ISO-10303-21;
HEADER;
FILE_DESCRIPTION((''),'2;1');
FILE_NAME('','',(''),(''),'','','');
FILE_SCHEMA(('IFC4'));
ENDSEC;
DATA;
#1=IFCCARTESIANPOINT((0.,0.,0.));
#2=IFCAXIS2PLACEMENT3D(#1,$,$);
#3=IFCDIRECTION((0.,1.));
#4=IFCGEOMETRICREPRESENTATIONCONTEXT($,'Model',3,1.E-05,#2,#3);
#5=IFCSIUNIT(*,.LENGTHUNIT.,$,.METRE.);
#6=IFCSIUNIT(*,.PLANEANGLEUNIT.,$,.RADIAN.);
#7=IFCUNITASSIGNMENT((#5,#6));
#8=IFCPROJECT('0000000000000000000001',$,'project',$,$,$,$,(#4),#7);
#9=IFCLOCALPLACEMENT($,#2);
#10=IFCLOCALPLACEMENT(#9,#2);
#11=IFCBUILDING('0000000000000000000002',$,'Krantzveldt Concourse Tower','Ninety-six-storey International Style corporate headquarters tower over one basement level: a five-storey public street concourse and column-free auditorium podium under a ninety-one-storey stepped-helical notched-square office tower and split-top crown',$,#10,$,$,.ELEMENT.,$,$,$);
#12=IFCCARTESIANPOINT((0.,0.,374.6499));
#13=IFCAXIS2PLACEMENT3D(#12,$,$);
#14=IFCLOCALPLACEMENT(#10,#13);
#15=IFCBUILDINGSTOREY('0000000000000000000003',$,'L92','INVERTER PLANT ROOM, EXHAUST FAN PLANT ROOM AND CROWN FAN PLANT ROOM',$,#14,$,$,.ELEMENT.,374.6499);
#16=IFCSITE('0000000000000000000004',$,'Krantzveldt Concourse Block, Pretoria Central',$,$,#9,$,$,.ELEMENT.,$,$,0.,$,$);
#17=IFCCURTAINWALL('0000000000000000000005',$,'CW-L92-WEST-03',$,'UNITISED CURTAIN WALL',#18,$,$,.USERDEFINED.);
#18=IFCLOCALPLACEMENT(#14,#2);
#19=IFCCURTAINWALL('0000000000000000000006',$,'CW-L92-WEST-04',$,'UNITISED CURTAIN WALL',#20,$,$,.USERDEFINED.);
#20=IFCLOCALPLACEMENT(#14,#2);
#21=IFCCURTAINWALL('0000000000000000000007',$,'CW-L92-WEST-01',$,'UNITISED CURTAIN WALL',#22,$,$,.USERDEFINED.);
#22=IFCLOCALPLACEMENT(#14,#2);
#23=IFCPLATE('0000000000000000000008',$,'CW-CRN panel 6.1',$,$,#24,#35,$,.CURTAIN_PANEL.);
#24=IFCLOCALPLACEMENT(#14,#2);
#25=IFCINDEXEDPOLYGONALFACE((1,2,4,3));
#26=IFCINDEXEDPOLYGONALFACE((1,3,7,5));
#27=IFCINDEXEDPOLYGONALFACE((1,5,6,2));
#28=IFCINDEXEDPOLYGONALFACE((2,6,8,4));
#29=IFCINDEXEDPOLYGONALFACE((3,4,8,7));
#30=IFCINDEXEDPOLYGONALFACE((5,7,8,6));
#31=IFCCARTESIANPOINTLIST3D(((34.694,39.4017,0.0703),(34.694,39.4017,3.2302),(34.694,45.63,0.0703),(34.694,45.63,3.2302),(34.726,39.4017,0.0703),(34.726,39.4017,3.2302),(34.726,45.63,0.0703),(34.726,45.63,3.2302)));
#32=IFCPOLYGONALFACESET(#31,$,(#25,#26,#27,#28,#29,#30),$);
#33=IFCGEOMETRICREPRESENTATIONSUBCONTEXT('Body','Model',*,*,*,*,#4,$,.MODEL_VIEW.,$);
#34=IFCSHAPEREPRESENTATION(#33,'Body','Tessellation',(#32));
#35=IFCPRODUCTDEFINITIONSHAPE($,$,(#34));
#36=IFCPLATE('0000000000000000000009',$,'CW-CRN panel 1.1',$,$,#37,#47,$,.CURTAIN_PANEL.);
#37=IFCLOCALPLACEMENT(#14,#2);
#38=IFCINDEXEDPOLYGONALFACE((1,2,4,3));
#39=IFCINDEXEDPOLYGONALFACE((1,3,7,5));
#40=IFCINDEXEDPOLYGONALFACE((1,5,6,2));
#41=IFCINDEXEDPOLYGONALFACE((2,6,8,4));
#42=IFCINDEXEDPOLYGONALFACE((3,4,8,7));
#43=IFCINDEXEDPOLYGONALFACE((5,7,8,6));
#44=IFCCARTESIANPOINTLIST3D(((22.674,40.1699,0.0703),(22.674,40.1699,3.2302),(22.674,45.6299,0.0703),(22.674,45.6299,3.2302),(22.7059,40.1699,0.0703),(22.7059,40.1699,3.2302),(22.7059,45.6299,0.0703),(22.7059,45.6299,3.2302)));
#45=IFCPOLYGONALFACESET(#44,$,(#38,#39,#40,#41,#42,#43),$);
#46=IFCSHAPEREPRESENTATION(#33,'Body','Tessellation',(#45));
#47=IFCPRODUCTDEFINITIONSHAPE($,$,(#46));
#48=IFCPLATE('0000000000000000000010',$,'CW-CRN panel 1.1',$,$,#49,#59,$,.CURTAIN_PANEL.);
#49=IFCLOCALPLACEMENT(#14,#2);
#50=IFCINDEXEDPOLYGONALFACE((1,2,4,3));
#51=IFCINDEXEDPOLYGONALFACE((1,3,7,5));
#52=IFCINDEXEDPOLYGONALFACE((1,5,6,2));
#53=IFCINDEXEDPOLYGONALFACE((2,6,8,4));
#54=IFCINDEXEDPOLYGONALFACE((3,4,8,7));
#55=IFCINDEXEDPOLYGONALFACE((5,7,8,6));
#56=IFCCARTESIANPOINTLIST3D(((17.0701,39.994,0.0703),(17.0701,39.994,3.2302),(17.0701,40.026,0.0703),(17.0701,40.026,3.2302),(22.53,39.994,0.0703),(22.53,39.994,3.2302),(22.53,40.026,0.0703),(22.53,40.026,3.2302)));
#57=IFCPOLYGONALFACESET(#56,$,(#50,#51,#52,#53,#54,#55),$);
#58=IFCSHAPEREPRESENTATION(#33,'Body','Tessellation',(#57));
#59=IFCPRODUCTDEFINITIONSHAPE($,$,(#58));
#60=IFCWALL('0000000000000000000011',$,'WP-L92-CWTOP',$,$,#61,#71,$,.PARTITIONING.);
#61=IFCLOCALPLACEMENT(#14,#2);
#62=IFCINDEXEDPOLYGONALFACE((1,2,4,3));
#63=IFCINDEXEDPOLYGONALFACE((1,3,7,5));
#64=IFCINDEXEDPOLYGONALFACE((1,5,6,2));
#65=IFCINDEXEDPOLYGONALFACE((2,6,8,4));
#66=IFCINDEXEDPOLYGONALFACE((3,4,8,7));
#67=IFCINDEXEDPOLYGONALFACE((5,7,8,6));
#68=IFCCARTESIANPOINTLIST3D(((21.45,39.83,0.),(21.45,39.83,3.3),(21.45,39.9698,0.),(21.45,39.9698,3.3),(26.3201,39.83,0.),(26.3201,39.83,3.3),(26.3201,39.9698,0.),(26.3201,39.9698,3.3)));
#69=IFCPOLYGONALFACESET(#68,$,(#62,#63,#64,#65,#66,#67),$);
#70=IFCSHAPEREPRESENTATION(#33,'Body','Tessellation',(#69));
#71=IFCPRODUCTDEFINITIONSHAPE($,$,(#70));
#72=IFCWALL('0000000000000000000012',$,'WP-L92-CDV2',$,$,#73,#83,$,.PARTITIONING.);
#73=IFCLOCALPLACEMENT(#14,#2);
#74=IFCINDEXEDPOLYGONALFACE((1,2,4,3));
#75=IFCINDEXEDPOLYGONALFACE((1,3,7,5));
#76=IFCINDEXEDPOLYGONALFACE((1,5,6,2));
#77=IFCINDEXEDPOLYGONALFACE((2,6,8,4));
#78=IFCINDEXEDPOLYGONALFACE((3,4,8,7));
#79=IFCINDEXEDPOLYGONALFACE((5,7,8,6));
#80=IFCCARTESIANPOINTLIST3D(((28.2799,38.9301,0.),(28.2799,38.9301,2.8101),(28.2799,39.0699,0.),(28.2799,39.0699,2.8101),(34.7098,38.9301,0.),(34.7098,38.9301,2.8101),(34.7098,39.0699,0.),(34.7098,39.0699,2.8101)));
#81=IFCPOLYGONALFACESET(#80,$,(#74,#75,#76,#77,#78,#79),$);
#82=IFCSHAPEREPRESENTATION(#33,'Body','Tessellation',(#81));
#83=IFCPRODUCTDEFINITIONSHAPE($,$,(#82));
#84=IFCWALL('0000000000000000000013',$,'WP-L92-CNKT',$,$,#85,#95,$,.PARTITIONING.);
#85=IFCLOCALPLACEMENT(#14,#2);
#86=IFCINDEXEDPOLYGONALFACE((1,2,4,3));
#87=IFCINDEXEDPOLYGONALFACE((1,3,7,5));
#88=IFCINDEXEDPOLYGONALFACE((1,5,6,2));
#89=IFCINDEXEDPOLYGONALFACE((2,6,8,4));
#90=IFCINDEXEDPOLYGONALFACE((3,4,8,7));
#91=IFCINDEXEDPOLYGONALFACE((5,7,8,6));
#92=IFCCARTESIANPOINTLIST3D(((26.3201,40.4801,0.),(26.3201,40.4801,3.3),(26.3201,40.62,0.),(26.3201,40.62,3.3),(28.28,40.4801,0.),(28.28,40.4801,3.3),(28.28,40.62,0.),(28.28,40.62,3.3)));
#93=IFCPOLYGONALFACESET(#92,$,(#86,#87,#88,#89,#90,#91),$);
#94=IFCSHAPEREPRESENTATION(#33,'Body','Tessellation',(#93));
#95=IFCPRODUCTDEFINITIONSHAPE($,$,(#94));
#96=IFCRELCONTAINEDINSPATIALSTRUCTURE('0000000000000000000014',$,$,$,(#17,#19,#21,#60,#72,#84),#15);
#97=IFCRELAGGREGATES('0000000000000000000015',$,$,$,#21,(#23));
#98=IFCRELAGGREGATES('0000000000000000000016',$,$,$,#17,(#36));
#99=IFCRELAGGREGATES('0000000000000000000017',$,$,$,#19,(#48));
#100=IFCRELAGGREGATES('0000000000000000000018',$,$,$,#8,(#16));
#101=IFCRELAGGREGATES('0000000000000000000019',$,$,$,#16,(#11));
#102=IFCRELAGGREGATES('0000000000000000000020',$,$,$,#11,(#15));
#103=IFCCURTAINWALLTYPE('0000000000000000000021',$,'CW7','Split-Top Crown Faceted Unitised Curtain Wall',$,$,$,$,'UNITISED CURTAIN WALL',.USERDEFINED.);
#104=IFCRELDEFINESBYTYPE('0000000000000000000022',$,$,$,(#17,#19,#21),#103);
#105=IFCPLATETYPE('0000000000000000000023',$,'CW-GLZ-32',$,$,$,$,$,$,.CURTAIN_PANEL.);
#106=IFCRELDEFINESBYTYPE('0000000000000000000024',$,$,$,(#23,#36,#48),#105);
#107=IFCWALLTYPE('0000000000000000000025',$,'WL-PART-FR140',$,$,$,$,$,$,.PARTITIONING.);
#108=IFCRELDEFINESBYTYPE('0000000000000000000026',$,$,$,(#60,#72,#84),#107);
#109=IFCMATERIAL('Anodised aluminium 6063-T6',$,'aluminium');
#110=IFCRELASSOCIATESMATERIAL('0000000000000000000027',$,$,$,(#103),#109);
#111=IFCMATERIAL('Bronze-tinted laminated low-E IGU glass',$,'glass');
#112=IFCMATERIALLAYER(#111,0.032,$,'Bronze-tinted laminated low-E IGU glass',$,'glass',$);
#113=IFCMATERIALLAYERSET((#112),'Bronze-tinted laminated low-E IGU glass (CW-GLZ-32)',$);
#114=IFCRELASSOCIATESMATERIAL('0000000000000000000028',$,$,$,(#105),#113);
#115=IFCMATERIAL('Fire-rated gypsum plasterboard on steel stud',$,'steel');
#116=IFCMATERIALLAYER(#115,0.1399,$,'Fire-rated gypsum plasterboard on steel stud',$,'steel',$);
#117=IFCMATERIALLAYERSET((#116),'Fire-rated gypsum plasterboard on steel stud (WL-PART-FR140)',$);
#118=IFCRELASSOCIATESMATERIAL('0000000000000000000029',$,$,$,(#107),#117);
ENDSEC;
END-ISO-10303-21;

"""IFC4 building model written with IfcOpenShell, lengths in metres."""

from ifc_helpers import new_model, si_unit, direction, frame, frame_2d, origin, origin_2d, place, context, subcontext, project, spatial, rectangle, extrude, source, transform, mapped, material, layer, layer_set, type_object, element, aggregate, save


model = new_model("IFC4")

# Units and contexts
model_context = context("Model", 3, precision=1e-05, world=origin(), true_north=direction((0.0, 1.0)))
body_context = subcontext(model_context, "Body", "Model", "MODEL_VIEW")
ifc_project = project(units=[si_unit("LENGTHUNIT", "METRE"), si_unit("PLANEANGLEUNIT", "RADIAN")], contexts=[model_context])

# Site, building, storey
site_placement = place(None, origin())
site = spatial("IfcSite", under=ifc_project, at=site_placement, Name="Krantzveldt Concourse Block, Pretoria Central", CompositionType="ELEMENT", RefElevation=0.0)
building_placement = place(site_placement, origin())
building = spatial("IfcBuilding", under=site, at=building_placement, Name="Krantzveldt Concourse Tower", Description="Ninety-six-storey International Style corporate headquarters tower over one basement level: a five-storey public street concourse and column-free auditorium podium under a ninety-one-storey stepped-helical notched-square office tower and split-top crown", CompositionType="ELEMENT")
storey_placement = place(building_placement, frame((0.0, 0.0, 374.6499)))
storey = spatial("IfcBuildingStorey", under=building, at=storey_placement, Name="L92", Description="INVERTER PLANT ROOM, EXHAUST FAN PLANT ROOM AND CROWN FAN PLANT ROOM", CompositionType="ELEMENT", Elevation=374.6499)

# Curtain walls
ifc_material_1 = material(Name="Anodised aluminium 6063-T6", Category="aluminium")
curtain_wall_type = type_object("IfcCurtainWallType", Name="CW7", Description="Split-Top Crown Faceted Unitised Curtain Wall", ElementType="UNITISED CURTAIN WALL", PredefinedType="USERDEFINED", material=ifc_material_1)
curtain_wall_1_placement = place(storey_placement, origin())
curtain_wall_1 = element("IfcCurtainWall", 1, at=curtain_wall_1_placement, inside=storey, type_object=curtain_wall_type, Name="CW-L92-WEST-03", ObjectType="UNITISED CURTAIN WALL", PredefinedType="USERDEFINED")
curtain_wall_2_placement = place(storey_placement, origin())
curtain_wall_2 = element("IfcCurtainWall", 2, at=curtain_wall_2_placement, inside=storey, type_object=curtain_wall_type, Name="CW-L92-WEST-04", ObjectType="UNITISED CURTAIN WALL", PredefinedType="USERDEFINED")
curtain_wall_3_placement = place(storey_placement, origin())
curtain_wall_3 = element("IfcCurtainWall", 3, at=curtain_wall_3_placement, inside=storey, type_object=curtain_wall_type, Name="CW-L92-WEST-01", ObjectType="UNITISED CURTAIN WALL", PredefinedType="USERDEFINED")

# Plates
ifc_material_2 = material(Name="Bronze-tinted laminated low-E IGU glass", Category="glass")
ifc_layer_1 = layer(ifc_material_2, 0.032, Name="Bronze-tinted laminated low-E IGU glass", Category="glass")
ifc_layer_set_1 = layer_set([ifc_layer_1], Name="Bronze-tinted laminated low-E IGU glass (CW-GLZ-32)")
plate_type_1 = type_object("IfcPlateType", Name="CW-GLZ-32", PredefinedType="CURTAIN_PANEL", material=ifc_layer_set_1)
shared_shape_1 = source(origin(), body_context, "Body", "SweptSolid", [
    extrude(rectangle(XDim=6.2283, YDim=0.032, at=origin_2d()), origin(), (0.0, 0.0, 1.0), 3.1599),
])
plate_1_placement = place(storey_placement, frame((34.71, 42.5159, 0.0703), z_axis=(0.0, 0.0, 1.0), x_axis=(0.0, 1.0, 0.0)))
plate_1 = element("IfcPlate", 4, at=plate_1_placement, type_object=plate_type_1, Name="CW-CRN panel 6.1", PredefinedType="CURTAIN_PANEL", context=body_context, shape_type="MappedRepresentation", body=[
    mapped(shared_shape_1, transform((0.0, 0.0, 0.0), x_axis=(1.0, 0.0, 0.0), y_axis=(0.0, 1.0, 0.0), z_axis=(0.0, 0.0, 1.0), scale=1.0)),
])
aggregate(curtain_wall_3, [plate_1])
shared_shape_2 = source(origin(), body_context, "Body", "SweptSolid", [
    extrude(rectangle(XDim=5.46, YDim=0.032, at=origin_2d()), origin(), (0.0, 0.0, 1.0), 3.1599),
])
plate_2_placement = place(storey_placement, frame((22.6899, 42.8999, 0.0703), z_axis=(0.0, 0.0, 1.0), x_axis=(0.0, -1.0, 0.0)))
plate_2 = element("IfcPlate", 5, at=plate_2_placement, type_object=plate_type_1, Name="CW-CRN panel 1.1", PredefinedType="CURTAIN_PANEL", context=body_context, shape_type="MappedRepresentation", body=[
    mapped(shared_shape_2, transform((0.0, 0.0, 0.0), x_axis=(1.0, 0.0, 0.0), y_axis=(0.0, 1.0, 0.0), z_axis=(0.0, 0.0, 1.0), scale=1.0)),
])
aggregate(curtain_wall_1, [plate_2])
plate_3_placement = place(storey_placement, frame((19.8, 40.01, 0.0703), z_axis=(0.0, 0.0, 1.0), x_axis=(-1.0, 0.0, 0.0)))
plate_3 = element("IfcPlate", 6, at=plate_3_placement, type_object=plate_type_1, Name="CW-CRN panel 1.1", PredefinedType="CURTAIN_PANEL", context=body_context, shape_type="MappedRepresentation", body=[
    mapped(shared_shape_2, transform((0.0, 0.0, 0.0), x_axis=(1.0, 0.0, 0.0), y_axis=(0.0, 1.0, 0.0), z_axis=(0.0, 0.0, 1.0), scale=1.0)),
])
aggregate(curtain_wall_2, [plate_3])

# Walls
ifc_material_3 = material(Name="Fire-rated gypsum plasterboard on steel stud", Category="steel")
ifc_layer_2 = layer(ifc_material_3, 0.1399, Name="Fire-rated gypsum plasterboard on steel stud", Category="steel")
ifc_layer_set_2 = layer_set([ifc_layer_2], Name="Fire-rated gypsum plasterboard on steel stud (WL-PART-FR140)")
wall_type = type_object("IfcWallType", Name="WL-PART-FR140", PredefinedType="PARTITIONING", material=ifc_layer_set_2)
wall_1_placement = place(storey_placement, frame((21.45, 39.8999, 0.0), z_axis=(0.0, 0.0, 1.0), x_axis=(1.0, 0.0, 0.0)))
element("IfcWall", 7, at=wall_1_placement, inside=storey, type_object=wall_type, Name="WP-L92-CWTOP", PredefinedType="PARTITIONING", context=body_context, shape_type="SweptSolid", body=[
    extrude(rectangle(XDim=4.8701, YDim=0.1399, at=frame_2d((2.4351, 0.0))), origin(), (0.0, 0.0, 1.0), 3.3),
])
wall_2_placement = place(storey_placement, frame((28.28, 39.0, 0.0), z_axis=(0.0, 0.0, 1.0), x_axis=(1.0, 0.0, 0.0)))
element("IfcWall", 8, at=wall_2_placement, inside=storey, type_object=wall_type, Name="WP-L92-CDV2", PredefinedType="PARTITIONING", context=body_context, shape_type="SweptSolid", body=[
    extrude(rectangle(XDim=6.4299, YDim=0.1399, at=frame_2d((3.2148, 0.0))), origin(), (0.0, 0.0, 1.0), 2.8101),
])
wall_3_placement = place(storey_placement, frame((26.3201, 40.55, 0.0), z_axis=(0.0, 0.0, 1.0), x_axis=(1.0, 0.0, 0.0)))
element("IfcWall", 9, at=wall_3_placement, inside=storey, type_object=wall_type, Name="WP-L92-CNKT", PredefinedType="PARTITIONING", context=body_context, shape_type="SweptSolid", body=[
    extrude(rectangle(XDim=1.96, YDim=0.1399, at=frame_2d((0.98, 0.0))), origin(), (0.0, 0.0, 1.0), 3.3),
])

save(model, "model.ifc")
